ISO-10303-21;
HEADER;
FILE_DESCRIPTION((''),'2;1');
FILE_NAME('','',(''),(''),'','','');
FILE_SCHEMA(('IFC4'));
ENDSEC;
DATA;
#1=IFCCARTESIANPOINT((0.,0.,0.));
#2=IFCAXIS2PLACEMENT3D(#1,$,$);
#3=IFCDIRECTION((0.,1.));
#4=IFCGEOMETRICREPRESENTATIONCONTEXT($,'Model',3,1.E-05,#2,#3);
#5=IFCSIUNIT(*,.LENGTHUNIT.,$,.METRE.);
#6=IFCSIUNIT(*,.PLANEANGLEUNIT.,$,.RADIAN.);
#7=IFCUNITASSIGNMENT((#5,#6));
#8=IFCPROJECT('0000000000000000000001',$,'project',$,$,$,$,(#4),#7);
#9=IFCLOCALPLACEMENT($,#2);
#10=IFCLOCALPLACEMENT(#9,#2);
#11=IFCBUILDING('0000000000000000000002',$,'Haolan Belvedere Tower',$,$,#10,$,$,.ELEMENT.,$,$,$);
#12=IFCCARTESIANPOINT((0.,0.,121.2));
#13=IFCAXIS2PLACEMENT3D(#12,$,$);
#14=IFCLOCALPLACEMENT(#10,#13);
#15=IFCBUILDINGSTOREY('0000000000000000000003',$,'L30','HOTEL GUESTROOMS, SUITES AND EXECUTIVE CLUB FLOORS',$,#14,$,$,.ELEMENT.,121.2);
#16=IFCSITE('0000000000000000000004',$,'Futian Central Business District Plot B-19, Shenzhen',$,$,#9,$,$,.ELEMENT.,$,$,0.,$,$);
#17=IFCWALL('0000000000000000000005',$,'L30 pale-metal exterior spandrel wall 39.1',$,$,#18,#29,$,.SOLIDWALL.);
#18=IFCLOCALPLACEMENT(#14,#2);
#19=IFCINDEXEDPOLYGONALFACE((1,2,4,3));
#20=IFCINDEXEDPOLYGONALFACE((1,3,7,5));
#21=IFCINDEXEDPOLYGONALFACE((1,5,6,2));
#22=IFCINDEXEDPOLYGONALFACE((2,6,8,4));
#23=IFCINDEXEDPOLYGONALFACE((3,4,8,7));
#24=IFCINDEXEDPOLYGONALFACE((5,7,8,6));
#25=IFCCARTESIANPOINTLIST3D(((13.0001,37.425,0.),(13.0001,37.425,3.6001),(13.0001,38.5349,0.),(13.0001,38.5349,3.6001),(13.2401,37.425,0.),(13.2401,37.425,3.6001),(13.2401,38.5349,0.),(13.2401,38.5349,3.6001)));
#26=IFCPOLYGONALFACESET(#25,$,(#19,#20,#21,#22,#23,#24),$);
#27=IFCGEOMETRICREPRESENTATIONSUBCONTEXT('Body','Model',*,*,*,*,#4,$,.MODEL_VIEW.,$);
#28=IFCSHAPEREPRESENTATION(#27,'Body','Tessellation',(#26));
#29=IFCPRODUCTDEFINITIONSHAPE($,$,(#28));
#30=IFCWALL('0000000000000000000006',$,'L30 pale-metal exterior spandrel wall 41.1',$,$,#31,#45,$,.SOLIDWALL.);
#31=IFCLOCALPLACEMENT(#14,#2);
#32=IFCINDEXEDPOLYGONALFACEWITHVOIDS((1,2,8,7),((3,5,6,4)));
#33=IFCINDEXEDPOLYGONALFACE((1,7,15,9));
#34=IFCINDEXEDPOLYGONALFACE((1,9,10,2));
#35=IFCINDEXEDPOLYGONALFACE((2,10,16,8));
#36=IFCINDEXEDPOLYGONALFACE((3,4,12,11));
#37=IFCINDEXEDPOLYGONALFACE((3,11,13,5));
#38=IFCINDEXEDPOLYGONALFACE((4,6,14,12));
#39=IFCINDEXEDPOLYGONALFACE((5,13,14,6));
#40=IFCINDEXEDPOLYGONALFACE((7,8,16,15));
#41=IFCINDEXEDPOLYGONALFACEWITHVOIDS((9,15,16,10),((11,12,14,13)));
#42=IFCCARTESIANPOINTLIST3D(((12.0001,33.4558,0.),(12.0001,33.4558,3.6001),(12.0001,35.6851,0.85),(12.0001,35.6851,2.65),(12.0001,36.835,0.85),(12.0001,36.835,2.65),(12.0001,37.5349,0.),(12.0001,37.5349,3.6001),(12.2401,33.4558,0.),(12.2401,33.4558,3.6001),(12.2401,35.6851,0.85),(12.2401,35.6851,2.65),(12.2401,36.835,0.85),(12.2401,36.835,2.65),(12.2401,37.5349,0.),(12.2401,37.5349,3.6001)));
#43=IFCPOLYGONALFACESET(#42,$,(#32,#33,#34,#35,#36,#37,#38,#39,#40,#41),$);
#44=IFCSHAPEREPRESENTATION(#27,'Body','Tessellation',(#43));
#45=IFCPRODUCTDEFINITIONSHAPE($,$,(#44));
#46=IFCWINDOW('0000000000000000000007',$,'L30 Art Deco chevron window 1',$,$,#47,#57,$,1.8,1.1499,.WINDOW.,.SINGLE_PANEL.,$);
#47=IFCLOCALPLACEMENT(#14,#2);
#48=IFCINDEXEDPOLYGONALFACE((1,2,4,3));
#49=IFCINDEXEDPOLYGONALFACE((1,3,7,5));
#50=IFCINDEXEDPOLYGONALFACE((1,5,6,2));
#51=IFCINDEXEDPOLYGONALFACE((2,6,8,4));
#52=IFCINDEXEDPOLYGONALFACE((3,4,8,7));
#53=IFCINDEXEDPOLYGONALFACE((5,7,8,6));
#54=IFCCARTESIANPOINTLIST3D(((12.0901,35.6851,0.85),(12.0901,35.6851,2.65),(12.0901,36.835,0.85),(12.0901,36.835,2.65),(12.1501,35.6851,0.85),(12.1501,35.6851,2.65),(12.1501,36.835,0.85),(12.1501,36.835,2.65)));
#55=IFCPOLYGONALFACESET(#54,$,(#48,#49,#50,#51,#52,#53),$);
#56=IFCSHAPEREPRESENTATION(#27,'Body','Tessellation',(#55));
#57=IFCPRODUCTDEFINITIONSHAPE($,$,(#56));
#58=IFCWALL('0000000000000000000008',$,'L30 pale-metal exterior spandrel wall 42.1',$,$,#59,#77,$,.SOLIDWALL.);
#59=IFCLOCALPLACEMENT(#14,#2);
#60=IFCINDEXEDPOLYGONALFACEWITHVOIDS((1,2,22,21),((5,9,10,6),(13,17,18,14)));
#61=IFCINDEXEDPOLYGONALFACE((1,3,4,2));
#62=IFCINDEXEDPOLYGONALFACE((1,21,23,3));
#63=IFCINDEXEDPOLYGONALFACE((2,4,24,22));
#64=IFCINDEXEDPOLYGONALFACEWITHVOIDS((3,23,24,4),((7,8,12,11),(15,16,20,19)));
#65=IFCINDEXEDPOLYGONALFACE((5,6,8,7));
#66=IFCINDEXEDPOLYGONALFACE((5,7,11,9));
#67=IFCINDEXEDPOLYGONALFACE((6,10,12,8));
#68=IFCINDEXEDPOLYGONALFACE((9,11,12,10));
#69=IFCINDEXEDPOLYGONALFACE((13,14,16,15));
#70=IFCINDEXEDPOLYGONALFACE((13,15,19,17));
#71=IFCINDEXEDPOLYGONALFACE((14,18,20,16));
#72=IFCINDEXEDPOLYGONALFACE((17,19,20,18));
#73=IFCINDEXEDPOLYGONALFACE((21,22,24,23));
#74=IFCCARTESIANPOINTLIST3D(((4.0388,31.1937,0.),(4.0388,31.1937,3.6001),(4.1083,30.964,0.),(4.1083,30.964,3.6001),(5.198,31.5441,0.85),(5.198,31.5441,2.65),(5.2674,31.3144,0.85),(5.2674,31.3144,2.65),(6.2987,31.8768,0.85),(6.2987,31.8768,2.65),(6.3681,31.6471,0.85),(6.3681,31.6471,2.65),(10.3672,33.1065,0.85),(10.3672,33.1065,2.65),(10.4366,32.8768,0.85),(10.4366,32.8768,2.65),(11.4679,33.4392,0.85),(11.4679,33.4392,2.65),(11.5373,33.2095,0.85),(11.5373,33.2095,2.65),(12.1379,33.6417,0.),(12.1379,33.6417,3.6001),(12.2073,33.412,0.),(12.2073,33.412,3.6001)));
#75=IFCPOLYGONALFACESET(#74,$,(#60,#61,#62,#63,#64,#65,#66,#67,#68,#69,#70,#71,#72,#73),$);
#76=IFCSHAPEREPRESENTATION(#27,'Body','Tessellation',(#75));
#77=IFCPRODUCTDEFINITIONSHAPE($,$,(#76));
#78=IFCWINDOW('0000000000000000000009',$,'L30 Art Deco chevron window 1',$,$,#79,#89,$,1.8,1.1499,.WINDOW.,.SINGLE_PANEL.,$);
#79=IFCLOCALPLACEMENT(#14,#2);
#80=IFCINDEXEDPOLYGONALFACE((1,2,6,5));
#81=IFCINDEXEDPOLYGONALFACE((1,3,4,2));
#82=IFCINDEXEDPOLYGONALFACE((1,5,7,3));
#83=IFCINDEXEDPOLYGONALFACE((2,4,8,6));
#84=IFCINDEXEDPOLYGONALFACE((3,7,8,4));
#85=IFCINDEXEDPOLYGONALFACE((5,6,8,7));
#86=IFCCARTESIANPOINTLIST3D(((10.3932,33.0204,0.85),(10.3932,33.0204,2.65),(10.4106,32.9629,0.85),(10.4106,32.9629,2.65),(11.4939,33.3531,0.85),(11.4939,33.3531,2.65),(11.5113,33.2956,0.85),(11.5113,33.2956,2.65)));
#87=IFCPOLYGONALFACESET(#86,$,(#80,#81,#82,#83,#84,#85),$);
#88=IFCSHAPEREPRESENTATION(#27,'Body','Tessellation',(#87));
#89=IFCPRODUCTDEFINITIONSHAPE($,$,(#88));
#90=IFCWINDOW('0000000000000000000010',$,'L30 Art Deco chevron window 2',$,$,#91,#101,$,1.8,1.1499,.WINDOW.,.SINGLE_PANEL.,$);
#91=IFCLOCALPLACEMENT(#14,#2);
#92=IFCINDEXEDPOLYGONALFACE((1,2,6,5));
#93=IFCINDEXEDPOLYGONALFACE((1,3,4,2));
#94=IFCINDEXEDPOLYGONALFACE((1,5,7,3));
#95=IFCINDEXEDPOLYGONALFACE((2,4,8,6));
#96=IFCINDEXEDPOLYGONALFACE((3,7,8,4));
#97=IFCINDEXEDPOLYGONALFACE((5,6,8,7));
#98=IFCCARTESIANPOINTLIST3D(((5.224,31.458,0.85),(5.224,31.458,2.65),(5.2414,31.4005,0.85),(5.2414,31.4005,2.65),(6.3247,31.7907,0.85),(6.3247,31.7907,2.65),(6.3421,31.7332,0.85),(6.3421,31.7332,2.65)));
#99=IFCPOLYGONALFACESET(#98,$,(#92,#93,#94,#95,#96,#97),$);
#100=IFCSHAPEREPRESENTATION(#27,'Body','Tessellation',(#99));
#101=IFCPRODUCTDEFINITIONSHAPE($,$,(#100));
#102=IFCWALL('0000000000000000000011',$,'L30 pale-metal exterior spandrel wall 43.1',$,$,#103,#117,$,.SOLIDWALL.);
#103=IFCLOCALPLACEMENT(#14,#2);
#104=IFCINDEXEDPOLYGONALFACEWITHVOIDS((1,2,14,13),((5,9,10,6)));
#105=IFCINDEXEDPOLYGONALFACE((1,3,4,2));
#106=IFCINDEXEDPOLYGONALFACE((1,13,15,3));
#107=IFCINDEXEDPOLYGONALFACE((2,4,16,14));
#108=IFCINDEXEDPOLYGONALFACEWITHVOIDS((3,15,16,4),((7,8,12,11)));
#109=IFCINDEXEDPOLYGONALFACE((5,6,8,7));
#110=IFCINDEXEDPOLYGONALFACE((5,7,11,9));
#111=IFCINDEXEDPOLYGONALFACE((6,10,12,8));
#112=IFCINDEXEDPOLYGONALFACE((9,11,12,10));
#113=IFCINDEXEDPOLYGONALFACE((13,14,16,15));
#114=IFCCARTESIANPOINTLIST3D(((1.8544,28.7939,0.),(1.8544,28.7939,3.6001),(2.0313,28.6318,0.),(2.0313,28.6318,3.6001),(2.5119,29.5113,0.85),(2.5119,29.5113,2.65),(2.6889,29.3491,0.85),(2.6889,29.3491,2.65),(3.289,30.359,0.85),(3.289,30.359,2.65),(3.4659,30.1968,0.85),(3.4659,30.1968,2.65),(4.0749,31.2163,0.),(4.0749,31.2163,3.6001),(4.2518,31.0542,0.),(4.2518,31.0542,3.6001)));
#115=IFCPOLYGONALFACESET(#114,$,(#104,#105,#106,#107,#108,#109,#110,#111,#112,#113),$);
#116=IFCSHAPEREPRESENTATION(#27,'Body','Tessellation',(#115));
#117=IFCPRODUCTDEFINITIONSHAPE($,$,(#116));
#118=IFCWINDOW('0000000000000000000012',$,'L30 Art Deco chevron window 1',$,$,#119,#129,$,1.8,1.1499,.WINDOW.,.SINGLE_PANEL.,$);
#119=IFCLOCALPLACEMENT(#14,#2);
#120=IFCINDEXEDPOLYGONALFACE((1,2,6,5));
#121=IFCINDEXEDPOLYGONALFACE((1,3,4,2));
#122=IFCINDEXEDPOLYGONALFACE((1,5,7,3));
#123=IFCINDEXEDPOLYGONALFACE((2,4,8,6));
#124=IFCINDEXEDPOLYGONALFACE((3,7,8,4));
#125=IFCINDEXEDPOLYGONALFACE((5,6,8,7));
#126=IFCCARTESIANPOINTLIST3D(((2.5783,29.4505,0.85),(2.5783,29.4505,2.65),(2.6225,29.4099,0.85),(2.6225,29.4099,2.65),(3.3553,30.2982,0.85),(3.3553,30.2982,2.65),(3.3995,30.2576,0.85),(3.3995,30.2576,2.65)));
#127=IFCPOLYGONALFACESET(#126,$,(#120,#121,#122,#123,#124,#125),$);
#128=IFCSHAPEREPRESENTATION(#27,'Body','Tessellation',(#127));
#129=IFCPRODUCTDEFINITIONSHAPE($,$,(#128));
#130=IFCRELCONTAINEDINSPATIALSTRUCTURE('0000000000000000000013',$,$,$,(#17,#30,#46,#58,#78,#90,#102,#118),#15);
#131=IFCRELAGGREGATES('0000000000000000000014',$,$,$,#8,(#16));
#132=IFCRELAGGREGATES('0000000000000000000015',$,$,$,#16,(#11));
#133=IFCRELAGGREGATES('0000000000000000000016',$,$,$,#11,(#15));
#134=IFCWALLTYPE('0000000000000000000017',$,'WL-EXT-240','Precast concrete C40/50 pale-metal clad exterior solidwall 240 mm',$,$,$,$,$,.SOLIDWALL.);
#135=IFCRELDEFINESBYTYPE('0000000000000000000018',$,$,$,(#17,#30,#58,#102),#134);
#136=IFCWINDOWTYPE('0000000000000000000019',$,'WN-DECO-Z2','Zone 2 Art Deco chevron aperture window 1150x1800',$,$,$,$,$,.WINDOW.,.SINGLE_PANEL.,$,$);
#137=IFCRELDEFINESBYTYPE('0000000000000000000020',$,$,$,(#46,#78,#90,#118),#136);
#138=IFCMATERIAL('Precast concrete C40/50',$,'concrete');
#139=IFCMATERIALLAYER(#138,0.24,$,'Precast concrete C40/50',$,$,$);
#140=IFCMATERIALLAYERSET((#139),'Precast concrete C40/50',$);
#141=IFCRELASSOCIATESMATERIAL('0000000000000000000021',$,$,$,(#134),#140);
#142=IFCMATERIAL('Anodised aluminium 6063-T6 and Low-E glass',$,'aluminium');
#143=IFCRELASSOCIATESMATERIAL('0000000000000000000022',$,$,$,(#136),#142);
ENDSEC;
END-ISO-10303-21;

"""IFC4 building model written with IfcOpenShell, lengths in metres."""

from ifc_helpers import new_model, si_unit, direction, frame, frame_2d, origin, place, context, subcontext, project, spatial, rectangle, extrude, material, layer, layer_set, type_object, element, fill, save


model = new_model("IFC4")

# Units and contexts
model_context = context("Model", 3, precision=1e-05, world=origin(), true_north=direction((0.0, 1.0)))
body_context = subcontext(model_context, "Body", "Model", "MODEL_VIEW")
ifc_project = project(units=[si_unit("LENGTHUNIT", "METRE"), si_unit("PLANEANGLEUNIT", "RADIAN")], contexts=[model_context])

# Site, building, storey
site_placement = place(None, origin())
site = spatial("IfcSite", under=ifc_project, at=site_placement, Name="Futian Central Business District Plot B-19, Shenzhen", CompositionType="ELEMENT", RefElevation=0.0)
building_placement = place(site_placement, origin())
building = spatial("IfcBuilding", under=site, at=building_placement, Name="Haolan Belvedere Tower", CompositionType="ELEMENT")
storey_placement = place(building_placement, frame((0.0, 0.0, 121.2)))
storey = spatial("IfcBuildingStorey", under=building, at=storey_placement, Name="L30", Description="HOTEL GUESTROOMS, SUITES AND EXECUTIVE CLUB FLOORS", CompositionType="ELEMENT", Elevation=121.2)

# Wall
ifc_material_1 = material(Name="Precast concrete C40/50", Category="concrete")
ifc_layer_1 = layer(ifc_material_1, 0.24, Name="Precast concrete C40/50")
ifc_layer_set_1 = layer_set([ifc_layer_1], Name="Precast concrete C40/50")
wall_type_1 = type_object("IfcWallType", Name="WL-EXT-240", Description="Precast concrete C40/50 pale-metal clad exterior solidwall 240 mm", PredefinedType="SOLIDWALL", material=ifc_layer_set_1)
wall_1_placement = place(storey_placement, frame((13.1201, 38.5349, 0.0), z_axis=(0.0, 0.0, 1.0), x_axis=(0.0, -1.0, 0.0)))
element("IfcWall", 1, at=wall_1_placement, inside=storey, type_object=wall_type_1, Name="L30 pale-metal exterior spandrel wall 39.1", PredefinedType="SOLIDWALL", context=body_context, shape_type="SweptSolid", body=[
    extrude(rectangle(XDim=1.1099, YDim=0.24, at=frame_2d((0.5549, 0.0))), origin(), (0.0, 0.0, 1.0), 3.6001),
])

# Wall, opening, window
wall_2_placement = place(storey_placement, frame((12.1201, 37.5349, 0.0), z_axis=(0.0, 0.0, 1.0), x_axis=(0.0, -1.0, 0.0)))
wall_2 = element("IfcWall", 2, at=wall_2_placement, inside=storey, type_object=wall_type_1, Name="L30 pale-metal exterior spandrel wall 41.1", PredefinedType="SOLIDWALL", context=body_context, shape_type="SweptSolid", body=[
    extrude(rectangle(XDim=4.0791, YDim=0.24, at=frame_2d((2.0396, 0.0))), origin(), (0.0, 0.0, 1.0), 3.6001),
])
opening_1_placement = place(wall_2_placement, frame((0.7, 0.0, 0.8501)))
opening_1 = element("IfcOpeningElement", 3, at=opening_1_placement, cuts=wall_2, PredefinedType="OPENING", context=body_context, shape_type="SweptSolid", body=[
    extrude(rectangle(XDim=1.1499, YDim=1.8, at=frame_2d((0.575, 0.8999))), frame((0.0, 0.1299, 0.0), z_axis=(0.0, -1.0, 0.0), x_axis=(1.0, 0.0, 0.0)), (0.0, 0.0, 1.0), 0.26),
])
ifc_material_2 = material(Name="Anodised aluminium 6063-T6 and Low-E glass", Category="aluminium")
window_type = type_object("IfcWindowType", Name="WN-DECO-Z2", Description="Zone 2 Art Deco chevron aperture window 1150x1800", PartitioningType="SINGLE_PANEL", PredefinedType="WINDOW", material=ifc_material_2)
window_1_placement = place(opening_1_placement, origin())
window_1 = element("IfcWindow", 4, at=window_1_placement, inside=storey, type_object=window_type, Name="L30 Art Deco chevron window 1", OverallHeight=1.8, OverallWidth=1.1499, PartitioningType="SINGLE_PANEL", PredefinedType="WINDOW", context=body_context, shape_type="SweptSolid", body=[
    extrude(rectangle(XDim=1.1499, YDim=1.8, at=frame_2d((0.575, 0.8999))), frame((0.0, 0.03, 0.0), z_axis=(0.0, -1.0, 0.0), x_axis=(1.0, 0.0, 0.0)), (0.0, 0.0, 1.0), 0.0601),
])
fill(opening_1, window_1)

# Wall, openings, windows
wall_3_placement = place(storey_placement, frame((12.1726, 33.5269, 0.0), z_axis=(0.0, 0.0, 1.0), x_axis=(-0.95723, -0.289327, 0.0)))
wall_3 = element("IfcWall", 5, at=wall_3_placement, inside=storey, type_object=wall_type_1, Name="L30 pale-metal exterior spandrel wall 42.1", PredefinedType="SOLIDWALL", context=body_context, shape_type="SweptSolid", body=[
    extrude(rectangle(XDim=8.4609, YDim=0.24, at=frame_2d((4.2305, 0.0))), origin(), (0.0, 0.0, 1.0), 3.6001),
])
opening_2_placement = place(wall_3_placement, frame((0.7, 0.0, 0.8501)))
opening_2 = element("IfcOpeningElement", 6, at=opening_2_placement, cuts=wall_3, PredefinedType="OPENING", context=body_context, shape_type="SweptSolid", body=[
    extrude(rectangle(XDim=1.1499, YDim=1.8, at=frame_2d((0.575, 0.8999))), frame((0.0, 0.1299, 0.0), z_axis=(0.0, -1.0, 0.0), x_axis=(1.0, 0.0, 0.0)), (0.0, 0.0, 1.0), 0.26),
])
opening_3_placement = place(wall_3_placement, frame((6.1001, 0.0, 0.8501)))
opening_3 = element("IfcOpeningElement", 7, at=opening_3_placement, cuts=wall_3, PredefinedType="OPENING", context=body_context, shape_type="SweptSolid", body=[
    extrude(rectangle(XDim=1.1499, YDim=1.8, at=frame_2d((0.575, 0.8999))), frame((0.0, 0.1299, 0.0), z_axis=(0.0, -1.0, 0.0), x_axis=(1.0, 0.0, 0.0)), (0.0, 0.0, 1.0), 0.26),
])
window_2_placement = place(opening_2_placement, origin())
window_2 = element("IfcWindow", 8, at=window_2_placement, inside=storey, type_object=window_type, Name="L30 Art Deco chevron window 1", OverallHeight=1.8, OverallWidth=1.1499, PartitioningType="SINGLE_PANEL", PredefinedType="WINDOW", context=body_context, shape_type="SweptSolid", body=[
    extrude(rectangle(XDim=1.1499, YDim=1.8, at=frame_2d((0.575, 0.8999))), frame((0.0, 0.03, 0.0), z_axis=(0.0, -1.0, 0.0), x_axis=(1.0, 0.0, 0.0)), (0.0, 0.0, 1.0), 0.0601),
])
fill(opening_2, window_2)
window_3_placement = place(opening_3_placement, origin())
window_3 = element("IfcWindow", 9, at=window_3_placement, inside=storey, type_object=window_type, Name="L30 Art Deco chevron window 2", OverallHeight=1.8, OverallWidth=1.1499, PartitioningType="SINGLE_PANEL", PredefinedType="WINDOW", context=body_context, shape_type="SweptSolid", body=[
    extrude(rectangle(XDim=1.1499, YDim=1.8, at=frame_2d((0.575, 0.8999))), frame((0.0, 0.03, 0.0), z_axis=(0.0, -1.0, 0.0), x_axis=(1.0, 0.0, 0.0)), (0.0, 0.0, 1.0), 0.0601),
])
fill(opening_3, window_3)

# Wall, opening, window
wall_4_placement = place(storey_placement, frame((4.1633, 31.1353, 0.0), z_axis=(0.0, 0.0, 1.0), x_axis=(-0.675718, -0.73716, 0.0)))
wall_4 = element("IfcWall", 10, at=wall_4_placement, inside=storey, type_object=wall_type_1, Name="L30 pale-metal exterior spandrel wall 43.1", PredefinedType="SOLIDWALL", context=body_context, shape_type="SweptSolid", body=[
    extrude(rectangle(XDim=3.2861, YDim=0.24, at=frame_2d((1.6431, 0.0))), origin(), (0.0, 0.0, 1.0), 3.6001),
])
opening_4_placement = place(wall_4_placement, frame((1.1631, 0.0, 0.8501)))
opening_4 = element("IfcOpeningElement", 11, at=opening_4_placement, cuts=wall_4, PredefinedType="OPENING", context=body_context, shape_type="SweptSolid", body=[
    extrude(rectangle(XDim=1.1499, YDim=1.8, at=frame_2d((0.575, 0.8999))), frame((0.0, 0.1299, 0.0), z_axis=(0.0, -1.0, 0.0), x_axis=(1.0, 0.0, 0.0)), (0.0, 0.0, 1.0), 0.26),
])
window_4_placement = place(opening_4_placement, origin())
window_4 = element("IfcWindow", 12, at=window_4_placement, inside=storey, type_object=window_type, Name="L30 Art Deco chevron window 1", OverallHeight=1.8, OverallWidth=1.1499, PartitioningType="SINGLE_PANEL", PredefinedType="WINDOW", context=body_context, shape_type="SweptSolid", body=[
    extrude(rectangle(XDim=1.1499, YDim=1.8, at=frame_2d((0.575, 0.8999))), frame((0.0, 0.03, 0.0), z_axis=(0.0, -1.0, 0.0), x_axis=(1.0, 0.0, 0.0)), (0.0, 0.0, 1.0), 0.0601),
])
fill(opening_4, window_4)

save(model, "model.ifc")
